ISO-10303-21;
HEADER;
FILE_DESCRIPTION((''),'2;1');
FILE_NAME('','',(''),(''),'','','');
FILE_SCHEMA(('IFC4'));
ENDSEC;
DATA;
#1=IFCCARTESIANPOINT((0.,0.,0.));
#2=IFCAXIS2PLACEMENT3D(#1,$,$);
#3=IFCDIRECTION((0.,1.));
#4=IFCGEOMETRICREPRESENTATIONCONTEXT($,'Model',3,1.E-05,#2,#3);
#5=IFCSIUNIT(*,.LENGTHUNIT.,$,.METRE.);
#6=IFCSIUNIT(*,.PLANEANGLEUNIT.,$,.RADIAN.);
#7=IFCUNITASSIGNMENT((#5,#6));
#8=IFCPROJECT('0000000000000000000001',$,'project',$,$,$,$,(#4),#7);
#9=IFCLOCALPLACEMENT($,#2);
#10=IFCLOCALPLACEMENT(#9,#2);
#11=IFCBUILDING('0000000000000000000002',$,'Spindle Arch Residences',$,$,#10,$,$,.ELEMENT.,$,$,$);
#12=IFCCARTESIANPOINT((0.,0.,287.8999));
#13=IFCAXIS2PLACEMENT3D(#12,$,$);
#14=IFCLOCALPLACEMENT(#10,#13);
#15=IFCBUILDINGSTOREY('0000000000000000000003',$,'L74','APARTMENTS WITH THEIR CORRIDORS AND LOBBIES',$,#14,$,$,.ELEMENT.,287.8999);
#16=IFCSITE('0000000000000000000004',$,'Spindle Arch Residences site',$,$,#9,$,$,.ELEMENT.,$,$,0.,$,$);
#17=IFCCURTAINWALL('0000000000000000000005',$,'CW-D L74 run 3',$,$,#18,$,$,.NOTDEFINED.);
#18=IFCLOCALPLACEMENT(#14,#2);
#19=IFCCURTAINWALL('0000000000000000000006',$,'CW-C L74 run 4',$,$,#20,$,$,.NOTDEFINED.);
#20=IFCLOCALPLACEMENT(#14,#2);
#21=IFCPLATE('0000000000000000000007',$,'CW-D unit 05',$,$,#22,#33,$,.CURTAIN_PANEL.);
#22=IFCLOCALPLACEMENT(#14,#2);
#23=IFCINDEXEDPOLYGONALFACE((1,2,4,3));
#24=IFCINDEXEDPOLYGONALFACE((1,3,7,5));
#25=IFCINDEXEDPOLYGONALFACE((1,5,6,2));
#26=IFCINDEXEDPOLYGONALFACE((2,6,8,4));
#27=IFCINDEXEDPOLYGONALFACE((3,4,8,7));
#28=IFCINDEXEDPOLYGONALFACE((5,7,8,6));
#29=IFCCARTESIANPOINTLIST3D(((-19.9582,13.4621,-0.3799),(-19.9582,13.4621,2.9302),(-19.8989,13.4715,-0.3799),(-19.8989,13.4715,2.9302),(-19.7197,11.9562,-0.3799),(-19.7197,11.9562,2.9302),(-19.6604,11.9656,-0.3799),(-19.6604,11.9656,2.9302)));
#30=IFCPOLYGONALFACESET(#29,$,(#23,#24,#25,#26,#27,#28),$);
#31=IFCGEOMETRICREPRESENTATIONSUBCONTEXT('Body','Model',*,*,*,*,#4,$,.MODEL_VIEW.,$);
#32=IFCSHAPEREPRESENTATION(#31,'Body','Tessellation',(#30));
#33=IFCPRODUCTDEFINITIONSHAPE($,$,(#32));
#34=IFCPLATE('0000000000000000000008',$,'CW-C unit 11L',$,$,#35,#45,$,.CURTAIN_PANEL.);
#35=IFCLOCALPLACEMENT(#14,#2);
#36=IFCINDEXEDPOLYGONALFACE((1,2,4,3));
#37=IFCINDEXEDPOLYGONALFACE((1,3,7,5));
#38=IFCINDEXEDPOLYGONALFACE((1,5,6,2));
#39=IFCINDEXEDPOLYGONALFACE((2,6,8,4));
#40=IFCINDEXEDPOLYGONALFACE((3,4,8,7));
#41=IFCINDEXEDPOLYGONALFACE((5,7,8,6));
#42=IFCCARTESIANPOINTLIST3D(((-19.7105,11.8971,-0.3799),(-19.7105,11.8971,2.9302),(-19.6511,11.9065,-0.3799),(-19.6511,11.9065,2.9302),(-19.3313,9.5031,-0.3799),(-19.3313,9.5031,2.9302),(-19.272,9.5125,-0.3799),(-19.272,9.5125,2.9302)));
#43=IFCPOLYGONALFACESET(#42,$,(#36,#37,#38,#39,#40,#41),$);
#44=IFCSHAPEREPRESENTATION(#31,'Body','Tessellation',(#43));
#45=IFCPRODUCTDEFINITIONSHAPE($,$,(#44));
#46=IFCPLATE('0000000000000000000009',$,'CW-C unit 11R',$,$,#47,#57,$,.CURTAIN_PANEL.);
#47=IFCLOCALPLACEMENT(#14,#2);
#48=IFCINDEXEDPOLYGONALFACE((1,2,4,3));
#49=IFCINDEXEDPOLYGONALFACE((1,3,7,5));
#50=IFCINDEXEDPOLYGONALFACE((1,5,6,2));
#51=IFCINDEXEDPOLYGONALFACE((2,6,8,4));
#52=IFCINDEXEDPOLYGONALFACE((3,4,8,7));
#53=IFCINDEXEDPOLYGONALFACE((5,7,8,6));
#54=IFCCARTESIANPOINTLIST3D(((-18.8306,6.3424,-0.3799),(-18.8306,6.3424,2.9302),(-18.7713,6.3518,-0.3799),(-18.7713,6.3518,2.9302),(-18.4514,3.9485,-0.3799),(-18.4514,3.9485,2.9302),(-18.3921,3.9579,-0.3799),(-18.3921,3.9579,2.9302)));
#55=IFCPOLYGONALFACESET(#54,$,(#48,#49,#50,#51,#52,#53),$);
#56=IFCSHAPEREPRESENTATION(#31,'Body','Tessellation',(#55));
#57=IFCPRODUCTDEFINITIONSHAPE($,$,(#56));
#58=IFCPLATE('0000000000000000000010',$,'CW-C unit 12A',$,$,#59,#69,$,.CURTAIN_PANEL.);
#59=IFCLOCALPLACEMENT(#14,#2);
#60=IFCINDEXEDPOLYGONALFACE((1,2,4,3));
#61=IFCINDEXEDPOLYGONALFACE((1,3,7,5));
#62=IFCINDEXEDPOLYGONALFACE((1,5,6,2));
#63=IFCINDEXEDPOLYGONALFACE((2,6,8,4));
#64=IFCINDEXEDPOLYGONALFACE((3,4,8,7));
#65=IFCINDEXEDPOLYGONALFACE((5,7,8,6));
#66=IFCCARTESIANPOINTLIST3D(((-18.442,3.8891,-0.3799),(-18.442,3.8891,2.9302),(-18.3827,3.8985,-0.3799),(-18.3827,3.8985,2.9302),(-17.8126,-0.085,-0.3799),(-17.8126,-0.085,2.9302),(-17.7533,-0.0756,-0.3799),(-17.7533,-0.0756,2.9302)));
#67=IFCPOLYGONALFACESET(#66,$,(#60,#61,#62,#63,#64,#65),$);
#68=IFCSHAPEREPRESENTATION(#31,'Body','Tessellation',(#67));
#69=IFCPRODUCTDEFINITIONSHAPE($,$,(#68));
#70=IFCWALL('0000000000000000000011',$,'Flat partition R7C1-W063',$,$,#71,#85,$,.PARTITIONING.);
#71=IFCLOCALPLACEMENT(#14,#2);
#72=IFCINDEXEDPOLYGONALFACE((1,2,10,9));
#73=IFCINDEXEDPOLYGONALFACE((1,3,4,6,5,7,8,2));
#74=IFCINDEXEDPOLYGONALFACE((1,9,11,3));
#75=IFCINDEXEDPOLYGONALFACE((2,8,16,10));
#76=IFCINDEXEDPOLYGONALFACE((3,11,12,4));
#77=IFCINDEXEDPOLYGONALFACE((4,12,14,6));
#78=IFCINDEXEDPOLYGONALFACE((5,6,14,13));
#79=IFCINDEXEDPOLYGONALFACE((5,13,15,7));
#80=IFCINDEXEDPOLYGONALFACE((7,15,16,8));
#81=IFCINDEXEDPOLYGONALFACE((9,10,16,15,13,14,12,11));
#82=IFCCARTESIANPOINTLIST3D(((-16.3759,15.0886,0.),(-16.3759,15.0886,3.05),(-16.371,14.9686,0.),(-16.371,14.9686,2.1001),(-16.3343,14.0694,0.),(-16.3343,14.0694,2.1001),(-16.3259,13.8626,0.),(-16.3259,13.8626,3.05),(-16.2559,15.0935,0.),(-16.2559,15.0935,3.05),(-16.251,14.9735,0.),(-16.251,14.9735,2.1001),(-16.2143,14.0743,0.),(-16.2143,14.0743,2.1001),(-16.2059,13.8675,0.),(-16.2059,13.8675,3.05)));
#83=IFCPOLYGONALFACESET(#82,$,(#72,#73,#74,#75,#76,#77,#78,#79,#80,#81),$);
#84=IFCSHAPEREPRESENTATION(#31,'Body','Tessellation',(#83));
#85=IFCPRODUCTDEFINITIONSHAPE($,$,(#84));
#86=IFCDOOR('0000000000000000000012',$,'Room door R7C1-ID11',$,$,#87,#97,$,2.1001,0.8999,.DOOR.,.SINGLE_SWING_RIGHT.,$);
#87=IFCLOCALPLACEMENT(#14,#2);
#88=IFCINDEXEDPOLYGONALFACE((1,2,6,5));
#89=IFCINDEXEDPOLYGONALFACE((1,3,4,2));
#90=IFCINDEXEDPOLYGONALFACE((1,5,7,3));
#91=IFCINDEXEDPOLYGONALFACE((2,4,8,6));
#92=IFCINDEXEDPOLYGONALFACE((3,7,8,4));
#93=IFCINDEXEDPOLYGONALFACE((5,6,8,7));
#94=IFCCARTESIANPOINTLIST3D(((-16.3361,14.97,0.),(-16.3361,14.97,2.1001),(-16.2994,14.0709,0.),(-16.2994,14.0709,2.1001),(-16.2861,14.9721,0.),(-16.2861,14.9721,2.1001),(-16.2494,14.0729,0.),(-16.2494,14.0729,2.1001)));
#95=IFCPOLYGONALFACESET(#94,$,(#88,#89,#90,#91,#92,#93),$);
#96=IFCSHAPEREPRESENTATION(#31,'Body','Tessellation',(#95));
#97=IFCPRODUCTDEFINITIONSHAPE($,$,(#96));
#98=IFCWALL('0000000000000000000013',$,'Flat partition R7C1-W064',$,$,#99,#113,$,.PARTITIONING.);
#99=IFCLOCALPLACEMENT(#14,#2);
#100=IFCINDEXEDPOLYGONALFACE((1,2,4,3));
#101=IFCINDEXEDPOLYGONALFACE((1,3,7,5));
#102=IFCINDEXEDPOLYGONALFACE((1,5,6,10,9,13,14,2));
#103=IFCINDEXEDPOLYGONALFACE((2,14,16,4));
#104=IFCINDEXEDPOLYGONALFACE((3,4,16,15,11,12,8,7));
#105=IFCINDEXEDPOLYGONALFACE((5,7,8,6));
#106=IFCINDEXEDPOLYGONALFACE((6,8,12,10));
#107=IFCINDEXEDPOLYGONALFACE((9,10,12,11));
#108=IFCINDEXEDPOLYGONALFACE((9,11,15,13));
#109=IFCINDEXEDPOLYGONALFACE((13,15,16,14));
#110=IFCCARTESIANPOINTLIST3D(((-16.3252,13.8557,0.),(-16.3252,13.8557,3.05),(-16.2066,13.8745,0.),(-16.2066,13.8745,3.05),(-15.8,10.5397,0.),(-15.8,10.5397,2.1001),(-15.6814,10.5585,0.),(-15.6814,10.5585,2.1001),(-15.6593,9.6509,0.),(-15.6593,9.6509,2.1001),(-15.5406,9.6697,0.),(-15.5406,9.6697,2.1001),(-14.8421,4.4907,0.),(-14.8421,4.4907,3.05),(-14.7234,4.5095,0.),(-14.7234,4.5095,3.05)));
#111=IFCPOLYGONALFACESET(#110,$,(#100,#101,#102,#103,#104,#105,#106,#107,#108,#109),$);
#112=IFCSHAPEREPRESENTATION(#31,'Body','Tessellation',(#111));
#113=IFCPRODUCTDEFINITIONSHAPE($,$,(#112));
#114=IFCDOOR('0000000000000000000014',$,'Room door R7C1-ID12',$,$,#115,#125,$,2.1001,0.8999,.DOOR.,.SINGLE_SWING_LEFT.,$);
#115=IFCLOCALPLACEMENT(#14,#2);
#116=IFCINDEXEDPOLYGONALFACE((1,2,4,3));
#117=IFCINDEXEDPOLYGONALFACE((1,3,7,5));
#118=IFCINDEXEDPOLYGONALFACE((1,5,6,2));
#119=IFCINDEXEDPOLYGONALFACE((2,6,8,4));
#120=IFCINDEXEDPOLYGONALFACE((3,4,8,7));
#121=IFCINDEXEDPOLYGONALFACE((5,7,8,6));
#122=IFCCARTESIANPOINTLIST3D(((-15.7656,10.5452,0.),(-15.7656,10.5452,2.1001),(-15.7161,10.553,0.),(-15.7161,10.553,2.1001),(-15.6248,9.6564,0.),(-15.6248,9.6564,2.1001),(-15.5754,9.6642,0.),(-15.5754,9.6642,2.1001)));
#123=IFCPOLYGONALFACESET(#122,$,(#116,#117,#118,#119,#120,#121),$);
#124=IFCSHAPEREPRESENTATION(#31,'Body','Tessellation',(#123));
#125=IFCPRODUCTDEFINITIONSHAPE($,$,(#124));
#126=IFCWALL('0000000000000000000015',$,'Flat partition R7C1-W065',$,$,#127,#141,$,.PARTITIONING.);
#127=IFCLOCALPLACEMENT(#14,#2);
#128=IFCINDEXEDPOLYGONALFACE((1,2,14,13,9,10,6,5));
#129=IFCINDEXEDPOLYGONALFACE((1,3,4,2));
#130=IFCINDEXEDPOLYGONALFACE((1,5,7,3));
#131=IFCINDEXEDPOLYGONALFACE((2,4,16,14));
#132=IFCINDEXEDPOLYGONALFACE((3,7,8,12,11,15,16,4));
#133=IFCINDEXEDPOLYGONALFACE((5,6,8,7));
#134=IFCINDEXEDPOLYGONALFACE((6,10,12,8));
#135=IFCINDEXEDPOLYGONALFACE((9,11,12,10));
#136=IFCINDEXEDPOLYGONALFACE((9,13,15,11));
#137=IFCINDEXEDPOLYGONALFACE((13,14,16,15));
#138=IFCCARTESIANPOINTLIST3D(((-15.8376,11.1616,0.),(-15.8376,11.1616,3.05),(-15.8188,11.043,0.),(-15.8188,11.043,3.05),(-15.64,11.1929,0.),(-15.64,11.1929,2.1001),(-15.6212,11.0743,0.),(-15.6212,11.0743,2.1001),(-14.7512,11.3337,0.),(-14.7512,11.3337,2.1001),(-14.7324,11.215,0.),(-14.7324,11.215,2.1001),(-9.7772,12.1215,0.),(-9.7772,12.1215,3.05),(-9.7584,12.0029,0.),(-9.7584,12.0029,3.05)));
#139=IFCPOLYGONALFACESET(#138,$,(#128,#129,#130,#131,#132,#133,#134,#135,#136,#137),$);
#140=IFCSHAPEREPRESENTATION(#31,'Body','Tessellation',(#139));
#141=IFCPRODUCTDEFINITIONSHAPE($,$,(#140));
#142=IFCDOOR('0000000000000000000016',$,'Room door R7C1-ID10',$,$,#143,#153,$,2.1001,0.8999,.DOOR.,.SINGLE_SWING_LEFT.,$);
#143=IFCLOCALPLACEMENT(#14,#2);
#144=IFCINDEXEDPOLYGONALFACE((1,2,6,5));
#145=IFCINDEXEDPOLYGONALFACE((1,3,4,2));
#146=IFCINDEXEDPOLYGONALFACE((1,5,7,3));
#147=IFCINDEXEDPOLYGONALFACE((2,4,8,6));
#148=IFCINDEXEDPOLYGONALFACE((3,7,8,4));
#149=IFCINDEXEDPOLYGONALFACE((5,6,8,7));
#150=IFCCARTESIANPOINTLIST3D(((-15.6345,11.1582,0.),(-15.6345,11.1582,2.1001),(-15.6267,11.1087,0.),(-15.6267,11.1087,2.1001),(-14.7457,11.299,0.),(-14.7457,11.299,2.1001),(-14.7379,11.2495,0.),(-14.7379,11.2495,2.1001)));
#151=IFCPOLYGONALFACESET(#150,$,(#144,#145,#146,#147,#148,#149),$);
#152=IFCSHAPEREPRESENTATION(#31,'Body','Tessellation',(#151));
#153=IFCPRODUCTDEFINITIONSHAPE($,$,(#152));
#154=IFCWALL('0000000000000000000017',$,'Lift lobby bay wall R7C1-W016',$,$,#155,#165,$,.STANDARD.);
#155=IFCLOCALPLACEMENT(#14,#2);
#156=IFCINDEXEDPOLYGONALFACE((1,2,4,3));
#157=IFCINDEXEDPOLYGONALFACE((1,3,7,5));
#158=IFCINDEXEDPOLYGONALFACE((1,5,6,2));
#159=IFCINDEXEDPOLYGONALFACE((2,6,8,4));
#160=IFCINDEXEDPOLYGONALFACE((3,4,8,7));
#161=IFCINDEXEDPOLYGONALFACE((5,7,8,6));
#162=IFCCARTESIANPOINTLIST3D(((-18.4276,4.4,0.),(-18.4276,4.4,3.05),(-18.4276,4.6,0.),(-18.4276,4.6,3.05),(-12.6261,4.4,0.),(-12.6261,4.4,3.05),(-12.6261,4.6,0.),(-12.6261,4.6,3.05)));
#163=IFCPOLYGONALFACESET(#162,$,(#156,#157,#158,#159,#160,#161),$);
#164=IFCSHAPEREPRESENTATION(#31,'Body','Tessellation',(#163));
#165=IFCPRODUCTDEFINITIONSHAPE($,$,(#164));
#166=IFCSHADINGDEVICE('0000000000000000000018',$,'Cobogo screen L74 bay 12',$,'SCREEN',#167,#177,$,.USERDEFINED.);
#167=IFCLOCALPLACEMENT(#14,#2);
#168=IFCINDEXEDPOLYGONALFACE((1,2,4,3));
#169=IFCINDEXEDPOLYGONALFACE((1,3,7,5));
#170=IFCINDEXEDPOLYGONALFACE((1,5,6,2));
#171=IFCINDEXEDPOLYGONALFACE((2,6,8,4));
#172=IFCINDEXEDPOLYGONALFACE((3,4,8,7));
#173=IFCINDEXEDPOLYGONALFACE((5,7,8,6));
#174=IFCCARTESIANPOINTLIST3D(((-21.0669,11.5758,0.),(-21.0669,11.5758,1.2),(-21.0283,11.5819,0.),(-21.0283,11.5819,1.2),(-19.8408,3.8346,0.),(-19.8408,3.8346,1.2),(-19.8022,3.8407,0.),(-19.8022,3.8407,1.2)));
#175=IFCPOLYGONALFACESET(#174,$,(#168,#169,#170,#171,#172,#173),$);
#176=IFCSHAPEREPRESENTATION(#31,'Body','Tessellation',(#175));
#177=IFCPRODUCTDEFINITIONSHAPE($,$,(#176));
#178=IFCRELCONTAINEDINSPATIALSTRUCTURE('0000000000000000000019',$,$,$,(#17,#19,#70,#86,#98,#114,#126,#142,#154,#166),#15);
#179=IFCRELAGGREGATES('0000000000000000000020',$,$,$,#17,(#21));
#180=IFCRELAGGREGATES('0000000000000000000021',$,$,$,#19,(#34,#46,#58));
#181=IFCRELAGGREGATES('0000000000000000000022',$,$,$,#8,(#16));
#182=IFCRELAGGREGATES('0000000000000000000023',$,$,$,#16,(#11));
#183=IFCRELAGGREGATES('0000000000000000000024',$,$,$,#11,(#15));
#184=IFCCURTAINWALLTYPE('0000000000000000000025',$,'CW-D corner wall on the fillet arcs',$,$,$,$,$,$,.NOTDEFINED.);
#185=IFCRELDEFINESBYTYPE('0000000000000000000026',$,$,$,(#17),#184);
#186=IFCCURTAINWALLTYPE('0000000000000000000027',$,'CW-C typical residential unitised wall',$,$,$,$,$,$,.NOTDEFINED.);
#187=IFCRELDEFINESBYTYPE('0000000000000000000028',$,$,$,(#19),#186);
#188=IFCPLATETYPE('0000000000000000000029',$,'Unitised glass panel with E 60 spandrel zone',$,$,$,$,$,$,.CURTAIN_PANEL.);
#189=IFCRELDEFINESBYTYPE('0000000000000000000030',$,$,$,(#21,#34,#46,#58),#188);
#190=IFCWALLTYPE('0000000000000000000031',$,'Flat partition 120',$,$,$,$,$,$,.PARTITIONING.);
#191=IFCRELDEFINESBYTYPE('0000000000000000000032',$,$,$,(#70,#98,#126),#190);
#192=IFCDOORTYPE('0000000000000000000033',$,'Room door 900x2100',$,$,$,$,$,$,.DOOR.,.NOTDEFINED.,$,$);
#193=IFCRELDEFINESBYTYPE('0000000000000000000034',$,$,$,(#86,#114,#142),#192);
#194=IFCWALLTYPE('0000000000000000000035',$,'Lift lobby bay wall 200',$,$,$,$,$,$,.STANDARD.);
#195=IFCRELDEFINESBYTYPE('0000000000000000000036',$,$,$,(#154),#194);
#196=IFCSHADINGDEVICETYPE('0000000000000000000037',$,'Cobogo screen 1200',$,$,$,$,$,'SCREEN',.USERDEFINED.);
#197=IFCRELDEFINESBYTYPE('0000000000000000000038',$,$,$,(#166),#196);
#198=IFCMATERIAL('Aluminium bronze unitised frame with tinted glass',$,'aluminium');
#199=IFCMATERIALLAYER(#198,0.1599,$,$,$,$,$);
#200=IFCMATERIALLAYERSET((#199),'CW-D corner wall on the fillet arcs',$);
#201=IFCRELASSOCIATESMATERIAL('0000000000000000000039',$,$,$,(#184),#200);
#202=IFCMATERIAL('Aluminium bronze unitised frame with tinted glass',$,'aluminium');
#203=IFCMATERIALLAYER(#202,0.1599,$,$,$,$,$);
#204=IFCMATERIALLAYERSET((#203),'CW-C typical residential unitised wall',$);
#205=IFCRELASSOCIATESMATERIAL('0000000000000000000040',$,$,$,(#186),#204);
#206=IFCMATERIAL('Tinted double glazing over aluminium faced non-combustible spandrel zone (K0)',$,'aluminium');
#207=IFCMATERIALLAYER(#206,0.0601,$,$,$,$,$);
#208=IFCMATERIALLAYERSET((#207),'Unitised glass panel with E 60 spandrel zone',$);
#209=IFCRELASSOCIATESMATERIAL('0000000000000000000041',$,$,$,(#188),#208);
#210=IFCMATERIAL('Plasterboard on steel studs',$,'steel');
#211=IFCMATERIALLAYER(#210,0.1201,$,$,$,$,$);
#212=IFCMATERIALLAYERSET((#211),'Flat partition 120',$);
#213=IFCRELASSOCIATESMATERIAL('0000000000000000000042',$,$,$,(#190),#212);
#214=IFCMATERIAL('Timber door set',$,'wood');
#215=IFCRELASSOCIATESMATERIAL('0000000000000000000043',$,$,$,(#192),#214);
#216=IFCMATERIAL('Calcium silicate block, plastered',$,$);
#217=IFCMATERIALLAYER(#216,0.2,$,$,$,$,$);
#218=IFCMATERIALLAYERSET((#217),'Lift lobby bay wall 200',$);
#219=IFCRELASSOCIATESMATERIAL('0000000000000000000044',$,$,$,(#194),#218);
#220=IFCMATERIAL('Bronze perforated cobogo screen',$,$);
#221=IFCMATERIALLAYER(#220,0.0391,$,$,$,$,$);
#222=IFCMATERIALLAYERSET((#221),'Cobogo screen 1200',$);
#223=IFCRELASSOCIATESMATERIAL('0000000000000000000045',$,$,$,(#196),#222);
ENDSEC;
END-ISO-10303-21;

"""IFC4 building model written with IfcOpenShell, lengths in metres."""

from ifc_helpers import new_model, si_unit, direction, frame, frame_2d, origin, origin_2d, place, context, subcontext, project, spatial, rectangle, extrude, material, layer, layer_set, type_object, element, fill, aggregate, save


model = new_model("IFC4")

# Units and contexts
model_context = context("Model", 3, precision=1e-05, world=origin(), true_north=direction((0.0, 1.0)))
body_context = subcontext(model_context, "Body", "Model", "MODEL_VIEW")
ifc_project = project(units=[si_unit("LENGTHUNIT", "METRE"), si_unit("PLANEANGLEUNIT", "RADIAN")], contexts=[model_context])

# Site, building, storey
site_placement = place(None, origin())
site = spatial("IfcSite", under=ifc_project, at=site_placement, Name="Spindle Arch Residences site", CompositionType="ELEMENT", RefElevation=0.0)
building_placement = place(site_placement, origin())
building = spatial("IfcBuilding", under=site, at=building_placement, Name="Spindle Arch Residences", CompositionType="ELEMENT")
storey_placement = place(building_placement, frame((0.0, 0.0, 287.8999)))
storey = spatial("IfcBuildingStorey", under=building, at=storey_placement, Name="L74", Description="APARTMENTS WITH THEIR CORRIDORS AND LOBBIES", CompositionType="ELEMENT", Elevation=287.8999)

# Curtain wall
ifc_material_1 = material(Name="Aluminium bronze unitised frame with tinted glass", Category="aluminium")
ifc_layer_1 = layer(ifc_material_1, 0.1599)
ifc_layer_set_1 = layer_set([ifc_layer_1], Name="CW-D corner wall on the fillet arcs")
curtain_wall_type_1 = type_object("IfcCurtainWallType", Name="CW-D corner wall on the fillet arcs", PredefinedType="NOTDEFINED", material=ifc_layer_set_1)
curtain_wall_1_placement = place(storey_placement, origin())
curtain_wall_1 = element("IfcCurtainWall", 1, at=curtain_wall_1_placement, inside=storey, type_object=curtain_wall_type_1, Name="CW-D L74 run 3", PredefinedType="NOTDEFINED")

# Curtain wall
ifc_material_2 = material(Name="Aluminium bronze unitised frame with tinted glass", Category="aluminium")
ifc_layer_2 = layer(ifc_material_2, 0.1599)
ifc_layer_set_2 = layer_set([ifc_layer_2], Name="CW-C typical residential unitised wall")
curtain_wall_type_2 = type_object("IfcCurtainWallType", Name="CW-C typical residential unitised wall", PredefinedType="NOTDEFINED", material=ifc_layer_set_2)
curtain_wall_2_placement = place(storey_placement, origin())
curtain_wall_2 = element("IfcCurtainWall", 2, at=curtain_wall_2_placement, inside=storey, type_object=curtain_wall_type_2, Name="CW-C L74 run 4", PredefinedType="NOTDEFINED")

# Plates
ifc_material_3 = material(Name="Tinted double glazing over aluminium faced non-combustible spandrel zone (K0)", Category="aluminium")
ifc_layer_3 = layer(ifc_material_3, 0.0601)
ifc_layer_set_3 = layer_set([ifc_layer_3], Name="Unitised glass panel with E 60 spandrel zone")
plate_type = type_object("IfcPlateType", Name="Unitised glass panel with E 60 spandrel zone", PredefinedType="CURTAIN_PANEL", material=ifc_layer_set_3)
plate_1_placement = place(storey_placement, frame((-19.8093, 12.7139, -0.3799), z_axis=(0.0, 0.0, 1.0), x_axis=(0.156434, -0.987688, 0.0)))
plate_1 = element("IfcPlate", 3, at=plate_1_placement, type_object=plate_type, Name="CW-D unit 05", PredefinedType="CURTAIN_PANEL", context=body_context, shape_type="SweptSolid", body=[
    extrude(rectangle(XDim=1.5247, YDim=0.0601, at=origin_2d()), origin(), (0.0, 0.0, 1.0), 3.3101),
])
aggregate(curtain_wall_1, [plate_1])
plate_2_placement = place(storey_placement, frame((-19.4912, 10.7048, -0.3799), z_axis=(0.0, 0.0, 1.0), x_axis=(0.156434, -0.987688, 0.0)))
plate_2 = element("IfcPlate", 4, at=plate_2_placement, type_object=plate_type, Name="CW-C unit 11L", PredefinedType="CURTAIN_PANEL", context=body_context, shape_type="SweptSolid", body=[
    extrude(rectangle(XDim=2.4238, YDim=0.0601, at=origin_2d()), origin(), (0.0, 0.0, 1.0), 3.3101),
])
plate_3_placement = place(storey_placement, frame((-18.6113, 5.1501, -0.3799), z_axis=(0.0, 0.0, 1.0), x_axis=(0.156434, -0.987688, 0.0)))
plate_3 = element("IfcPlate", 5, at=plate_3_placement, type_object=plate_type, Name="CW-C unit 11R", PredefinedType="CURTAIN_PANEL", context=body_context, shape_type="SweptSolid", body=[
    extrude(rectangle(XDim=2.4238, YDim=0.0601, at=origin_2d()), origin(), (0.0, 0.0, 1.0), 3.3101),
])
plate_4_placement = place(storey_placement, frame((-18.0977, 1.9067, -0.3799), z_axis=(0.0, 0.0, 1.0), x_axis=(0.156434, -0.987688, 0.0)))
plate_4 = element("IfcPlate", 6, at=plate_4_placement, type_object=plate_type, Name="CW-C unit 12A", PredefinedType="CURTAIN_PANEL", context=body_context, shape_type="SweptSolid", body=[
    extrude(rectangle(XDim=4.0237, YDim=0.0601, at=origin_2d()), origin(), (0.0, 0.0, 1.0), 3.3101),
])
aggregate(curtain_wall_2, [plate_2, plate_3, plate_4])

# Walls, openings, doors
ifc_material_4 = material(Name="Plasterboard on steel studs", Category="steel")
ifc_layer_4 = layer(ifc_material_4, 0.1201)
ifc_layer_set_4 = layer_set([ifc_layer_4], Name="Flat partition 120")
wall_type_1 = type_object("IfcWallType", Name="Flat partition 120", PredefinedType="PARTITIONING", material=ifc_layer_set_4)
wall_1_placement = place(storey_placement, frame((-16.3159, 15.0911, 0.0), z_axis=(0.0, 0.0, 1.0), x_axis=(0.040786, -0.999168, 0.0)))
wall_1 = element("IfcWall", 7, at=wall_1_placement, inside=storey, type_object=wall_type_1, Name="Flat partition R7C1-W063", PredefinedType="PARTITIONING", context=body_context, shape_type="SweptSolid", body=[
    extrude(rectangle(XDim=1.2271, YDim=0.1201, at=frame_2d((0.6135, 0.0))), origin(), (0.0, 0.0, 1.0), 3.05),
])
opening_1_placement = place(wall_1_placement, frame((0.1201, 0.0, 0.0)))
opening_1 = element("IfcOpeningElement", 8, at=opening_1_placement, cuts=wall_1, PredefinedType="OPENING", context=body_context, shape_type="SweptSolid", body=[
    extrude(rectangle(XDim=0.8999, YDim=2.1001, at=frame_2d((0.45, 1.05))), frame((0.0, 0.0701, 0.0), z_axis=(0.0, -1.0, 0.0), x_axis=(1.0, 0.0, 0.0)), (0.0, 0.0, 1.0), 0.1401),
])
ifc_material_5 = material(Name="Timber door set", Category="wood")
door_type_1 = type_object("IfcDoorType", Name="Room door 900x2100", OperationType="NOTDEFINED", PredefinedType="DOOR", material=ifc_material_5)
door_1_placement = place(opening_1_placement, origin())
door_1 = element("IfcDoor", 9, at=door_1_placement, inside=storey, type_object=door_type_1, Name="Room door R7C1-ID11", OperationType="SINGLE_SWING_RIGHT", OverallHeight=2.1001, OverallWidth=0.8999, PredefinedType="DOOR", context=body_context, shape_type="SweptSolid", body=[
    extrude(rectangle(XDim=0.8999, YDim=2.1001, at=frame_2d((0.45, 1.05))), frame((0.0, 0.0249, 0.0), z_axis=(0.0, -1.0, 0.0), x_axis=(1.0, 0.0, 0.0)), (0.0, 0.0, 1.0), 0.05),
])
fill(opening_1, door_1)
wall_2_placement = place(storey_placement, frame((-16.2659, 13.865, 0.0), z_axis=(0.0, 0.0, 1.0), x_axis=(0.156423, -0.98769, 0.0)))
wall_2 = element("IfcWall", 10, at=wall_2_placement, inside=storey, type_object=wall_type_1, Name="Flat partition R7C1-W064", PredefinedType="PARTITIONING", context=body_context, shape_type="SweptSolid", body=[
    extrude(rectangle(XDim=9.4817, YDim=0.1201, at=frame_2d((4.7407, 0.0))), origin(), (0.0, 0.0, 1.0), 3.05),
])
opening_2_placement = place(wall_2_placement, frame((3.3572, 0.0, 0.0)))
opening_2 = element("IfcOpeningElement", 11, at=opening_2_placement, cuts=wall_2, PredefinedType="OPENING", context=body_context, shape_type="SweptSolid", body=[
    extrude(rectangle(XDim=0.8999, YDim=2.1001, at=frame_2d((0.45, 1.05))), frame((0.0, 0.0701, 0.0), z_axis=(0.0, -1.0, 0.0), x_axis=(1.0, 0.0, 0.0)), (0.0, 0.0, 1.0), 0.1401),
])
door_2_placement = place(opening_2_placement, origin())
door_2 = element("IfcDoor", 12, at=door_2_placement, inside=storey, type_object=door_type_1, Name="Room door R7C1-ID12", OperationType="SINGLE_SWING_LEFT", OverallHeight=2.1001, OverallWidth=0.8999, PredefinedType="DOOR", context=body_context, shape_type="SweptSolid", body=[
    extrude(rectangle(XDim=0.8999, YDim=2.1001, at=frame_2d((0.45, 1.05))), frame((0.0, 0.0249, 0.0), z_axis=(0.0, -1.0, 0.0), x_axis=(1.0, 0.0, 0.0)), (0.0, 0.0, 1.0), 0.05),
])
fill(opening_2, door_2)
wall_3_placement = place(storey_placement, frame((-15.8281, 11.1023, 0.0), z_axis=(0.0, 0.0, 1.0), x_axis=(0.987687, 0.156445, 0.0)))
wall_3 = element("IfcWall", 13, at=wall_3_placement, inside=storey, type_object=wall_type_1, Name="Flat partition R7C1-W065", PredefinedType="PARTITIONING", context=body_context, shape_type="SweptSolid", body=[
    extrude(rectangle(XDim=6.136, YDim=0.1201, at=frame_2d((3.0679, 0.0))), origin(), (0.0, 0.0, 1.0), 3.05),
])
opening_3_placement = place(wall_3_placement, frame((0.2, 0.0, 0.0)))
opening_3 = element("IfcOpeningElement", 14, at=opening_3_placement, cuts=wall_3, PredefinedType="OPENING", context=body_context, shape_type="SweptSolid", body=[
    extrude(rectangle(XDim=0.8999, YDim=2.1001, at=frame_2d((0.45, 1.05))), frame((0.0, 0.0701, 0.0), z_axis=(0.0, -1.0, 0.0), x_axis=(1.0, 0.0, 0.0)), (0.0, 0.0, 1.0), 0.1401),
])
door_3_placement = place(opening_3_placement, origin())
door_3 = element("IfcDoor", 15, at=door_3_placement, inside=storey, type_object=door_type_1, Name="Room door R7C1-ID10", OperationType="SINGLE_SWING_LEFT", OverallHeight=2.1001, OverallWidth=0.8999, PredefinedType="DOOR", context=body_context, shape_type="SweptSolid", body=[
    extrude(rectangle(XDim=0.8999, YDim=2.1001, at=frame_2d((0.45, 1.05))), frame((0.0, 0.0249, 0.0), z_axis=(0.0, -1.0, 0.0), x_axis=(1.0, 0.0, 0.0)), (0.0, 0.0, 1.0), 0.05),
])
fill(opening_3, door_3)

# Wall
ifc_material_6 = material(Name="Calcium silicate block, plastered")
ifc_layer_5 = layer(ifc_material_6, 0.2)
ifc_layer_set_5 = layer_set([ifc_layer_5], Name="Lift lobby bay wall 200")
wall_type_2 = type_object("IfcWallType", Name="Lift lobby bay wall 200", PredefinedType="STANDARD", material=ifc_layer_set_5)
wall_4_placement = place(storey_placement, frame((-12.626, 4.5, 0.0), z_axis=(0.0, 0.0, 1.0), x_axis=(-1.0, 0.0, 0.0)))
element("IfcWall", 16, at=wall_4_placement, inside=storey, type_object=wall_type_2, Name="Lift lobby bay wall R7C1-W016", PredefinedType="STANDARD", context=body_context, shape_type="SweptSolid", body=[
    extrude(rectangle(XDim=5.8015, YDim=0.2, at=frame_2d((2.9009, 0.0))), origin(), (0.0, 0.0, 1.0), 3.05),
])

# Shading device
ifc_material_7 = material(Name="Bronze perforated cobogo screen")
ifc_layer_6 = layer(ifc_material_7, 0.0391)
ifc_layer_set_6 = layer_set([ifc_layer_6], Name="Cobogo screen 1200")
shading_device_type = type_object("IfcShadingDeviceType", Name="Cobogo screen 1200", ElementType="SCREEN", PredefinedType="USERDEFINED", material=ifc_layer_set_6)
shading_device_placement = place(storey_placement, frame((-20.4346, 7.7083, 0.0), z_axis=(0.0, 0.0, 1.0), x_axis=(0.156434, -0.987688, 0.0)))
element("IfcShadingDevice", 17, at=shading_device_placement, inside=storey, type_object=shading_device_type, Name="Cobogo screen L74 bay 12", ObjectType="SCREEN", PredefinedType="USERDEFINED", context=body_context, shape_type="SweptSolid", body=[
    extrude(rectangle(XDim=7.8376, YDim=0.0391, at=origin_2d()), origin(), (0.0, 0.0, 1.0), 1.2),
])

save(model, "model.ifc")
